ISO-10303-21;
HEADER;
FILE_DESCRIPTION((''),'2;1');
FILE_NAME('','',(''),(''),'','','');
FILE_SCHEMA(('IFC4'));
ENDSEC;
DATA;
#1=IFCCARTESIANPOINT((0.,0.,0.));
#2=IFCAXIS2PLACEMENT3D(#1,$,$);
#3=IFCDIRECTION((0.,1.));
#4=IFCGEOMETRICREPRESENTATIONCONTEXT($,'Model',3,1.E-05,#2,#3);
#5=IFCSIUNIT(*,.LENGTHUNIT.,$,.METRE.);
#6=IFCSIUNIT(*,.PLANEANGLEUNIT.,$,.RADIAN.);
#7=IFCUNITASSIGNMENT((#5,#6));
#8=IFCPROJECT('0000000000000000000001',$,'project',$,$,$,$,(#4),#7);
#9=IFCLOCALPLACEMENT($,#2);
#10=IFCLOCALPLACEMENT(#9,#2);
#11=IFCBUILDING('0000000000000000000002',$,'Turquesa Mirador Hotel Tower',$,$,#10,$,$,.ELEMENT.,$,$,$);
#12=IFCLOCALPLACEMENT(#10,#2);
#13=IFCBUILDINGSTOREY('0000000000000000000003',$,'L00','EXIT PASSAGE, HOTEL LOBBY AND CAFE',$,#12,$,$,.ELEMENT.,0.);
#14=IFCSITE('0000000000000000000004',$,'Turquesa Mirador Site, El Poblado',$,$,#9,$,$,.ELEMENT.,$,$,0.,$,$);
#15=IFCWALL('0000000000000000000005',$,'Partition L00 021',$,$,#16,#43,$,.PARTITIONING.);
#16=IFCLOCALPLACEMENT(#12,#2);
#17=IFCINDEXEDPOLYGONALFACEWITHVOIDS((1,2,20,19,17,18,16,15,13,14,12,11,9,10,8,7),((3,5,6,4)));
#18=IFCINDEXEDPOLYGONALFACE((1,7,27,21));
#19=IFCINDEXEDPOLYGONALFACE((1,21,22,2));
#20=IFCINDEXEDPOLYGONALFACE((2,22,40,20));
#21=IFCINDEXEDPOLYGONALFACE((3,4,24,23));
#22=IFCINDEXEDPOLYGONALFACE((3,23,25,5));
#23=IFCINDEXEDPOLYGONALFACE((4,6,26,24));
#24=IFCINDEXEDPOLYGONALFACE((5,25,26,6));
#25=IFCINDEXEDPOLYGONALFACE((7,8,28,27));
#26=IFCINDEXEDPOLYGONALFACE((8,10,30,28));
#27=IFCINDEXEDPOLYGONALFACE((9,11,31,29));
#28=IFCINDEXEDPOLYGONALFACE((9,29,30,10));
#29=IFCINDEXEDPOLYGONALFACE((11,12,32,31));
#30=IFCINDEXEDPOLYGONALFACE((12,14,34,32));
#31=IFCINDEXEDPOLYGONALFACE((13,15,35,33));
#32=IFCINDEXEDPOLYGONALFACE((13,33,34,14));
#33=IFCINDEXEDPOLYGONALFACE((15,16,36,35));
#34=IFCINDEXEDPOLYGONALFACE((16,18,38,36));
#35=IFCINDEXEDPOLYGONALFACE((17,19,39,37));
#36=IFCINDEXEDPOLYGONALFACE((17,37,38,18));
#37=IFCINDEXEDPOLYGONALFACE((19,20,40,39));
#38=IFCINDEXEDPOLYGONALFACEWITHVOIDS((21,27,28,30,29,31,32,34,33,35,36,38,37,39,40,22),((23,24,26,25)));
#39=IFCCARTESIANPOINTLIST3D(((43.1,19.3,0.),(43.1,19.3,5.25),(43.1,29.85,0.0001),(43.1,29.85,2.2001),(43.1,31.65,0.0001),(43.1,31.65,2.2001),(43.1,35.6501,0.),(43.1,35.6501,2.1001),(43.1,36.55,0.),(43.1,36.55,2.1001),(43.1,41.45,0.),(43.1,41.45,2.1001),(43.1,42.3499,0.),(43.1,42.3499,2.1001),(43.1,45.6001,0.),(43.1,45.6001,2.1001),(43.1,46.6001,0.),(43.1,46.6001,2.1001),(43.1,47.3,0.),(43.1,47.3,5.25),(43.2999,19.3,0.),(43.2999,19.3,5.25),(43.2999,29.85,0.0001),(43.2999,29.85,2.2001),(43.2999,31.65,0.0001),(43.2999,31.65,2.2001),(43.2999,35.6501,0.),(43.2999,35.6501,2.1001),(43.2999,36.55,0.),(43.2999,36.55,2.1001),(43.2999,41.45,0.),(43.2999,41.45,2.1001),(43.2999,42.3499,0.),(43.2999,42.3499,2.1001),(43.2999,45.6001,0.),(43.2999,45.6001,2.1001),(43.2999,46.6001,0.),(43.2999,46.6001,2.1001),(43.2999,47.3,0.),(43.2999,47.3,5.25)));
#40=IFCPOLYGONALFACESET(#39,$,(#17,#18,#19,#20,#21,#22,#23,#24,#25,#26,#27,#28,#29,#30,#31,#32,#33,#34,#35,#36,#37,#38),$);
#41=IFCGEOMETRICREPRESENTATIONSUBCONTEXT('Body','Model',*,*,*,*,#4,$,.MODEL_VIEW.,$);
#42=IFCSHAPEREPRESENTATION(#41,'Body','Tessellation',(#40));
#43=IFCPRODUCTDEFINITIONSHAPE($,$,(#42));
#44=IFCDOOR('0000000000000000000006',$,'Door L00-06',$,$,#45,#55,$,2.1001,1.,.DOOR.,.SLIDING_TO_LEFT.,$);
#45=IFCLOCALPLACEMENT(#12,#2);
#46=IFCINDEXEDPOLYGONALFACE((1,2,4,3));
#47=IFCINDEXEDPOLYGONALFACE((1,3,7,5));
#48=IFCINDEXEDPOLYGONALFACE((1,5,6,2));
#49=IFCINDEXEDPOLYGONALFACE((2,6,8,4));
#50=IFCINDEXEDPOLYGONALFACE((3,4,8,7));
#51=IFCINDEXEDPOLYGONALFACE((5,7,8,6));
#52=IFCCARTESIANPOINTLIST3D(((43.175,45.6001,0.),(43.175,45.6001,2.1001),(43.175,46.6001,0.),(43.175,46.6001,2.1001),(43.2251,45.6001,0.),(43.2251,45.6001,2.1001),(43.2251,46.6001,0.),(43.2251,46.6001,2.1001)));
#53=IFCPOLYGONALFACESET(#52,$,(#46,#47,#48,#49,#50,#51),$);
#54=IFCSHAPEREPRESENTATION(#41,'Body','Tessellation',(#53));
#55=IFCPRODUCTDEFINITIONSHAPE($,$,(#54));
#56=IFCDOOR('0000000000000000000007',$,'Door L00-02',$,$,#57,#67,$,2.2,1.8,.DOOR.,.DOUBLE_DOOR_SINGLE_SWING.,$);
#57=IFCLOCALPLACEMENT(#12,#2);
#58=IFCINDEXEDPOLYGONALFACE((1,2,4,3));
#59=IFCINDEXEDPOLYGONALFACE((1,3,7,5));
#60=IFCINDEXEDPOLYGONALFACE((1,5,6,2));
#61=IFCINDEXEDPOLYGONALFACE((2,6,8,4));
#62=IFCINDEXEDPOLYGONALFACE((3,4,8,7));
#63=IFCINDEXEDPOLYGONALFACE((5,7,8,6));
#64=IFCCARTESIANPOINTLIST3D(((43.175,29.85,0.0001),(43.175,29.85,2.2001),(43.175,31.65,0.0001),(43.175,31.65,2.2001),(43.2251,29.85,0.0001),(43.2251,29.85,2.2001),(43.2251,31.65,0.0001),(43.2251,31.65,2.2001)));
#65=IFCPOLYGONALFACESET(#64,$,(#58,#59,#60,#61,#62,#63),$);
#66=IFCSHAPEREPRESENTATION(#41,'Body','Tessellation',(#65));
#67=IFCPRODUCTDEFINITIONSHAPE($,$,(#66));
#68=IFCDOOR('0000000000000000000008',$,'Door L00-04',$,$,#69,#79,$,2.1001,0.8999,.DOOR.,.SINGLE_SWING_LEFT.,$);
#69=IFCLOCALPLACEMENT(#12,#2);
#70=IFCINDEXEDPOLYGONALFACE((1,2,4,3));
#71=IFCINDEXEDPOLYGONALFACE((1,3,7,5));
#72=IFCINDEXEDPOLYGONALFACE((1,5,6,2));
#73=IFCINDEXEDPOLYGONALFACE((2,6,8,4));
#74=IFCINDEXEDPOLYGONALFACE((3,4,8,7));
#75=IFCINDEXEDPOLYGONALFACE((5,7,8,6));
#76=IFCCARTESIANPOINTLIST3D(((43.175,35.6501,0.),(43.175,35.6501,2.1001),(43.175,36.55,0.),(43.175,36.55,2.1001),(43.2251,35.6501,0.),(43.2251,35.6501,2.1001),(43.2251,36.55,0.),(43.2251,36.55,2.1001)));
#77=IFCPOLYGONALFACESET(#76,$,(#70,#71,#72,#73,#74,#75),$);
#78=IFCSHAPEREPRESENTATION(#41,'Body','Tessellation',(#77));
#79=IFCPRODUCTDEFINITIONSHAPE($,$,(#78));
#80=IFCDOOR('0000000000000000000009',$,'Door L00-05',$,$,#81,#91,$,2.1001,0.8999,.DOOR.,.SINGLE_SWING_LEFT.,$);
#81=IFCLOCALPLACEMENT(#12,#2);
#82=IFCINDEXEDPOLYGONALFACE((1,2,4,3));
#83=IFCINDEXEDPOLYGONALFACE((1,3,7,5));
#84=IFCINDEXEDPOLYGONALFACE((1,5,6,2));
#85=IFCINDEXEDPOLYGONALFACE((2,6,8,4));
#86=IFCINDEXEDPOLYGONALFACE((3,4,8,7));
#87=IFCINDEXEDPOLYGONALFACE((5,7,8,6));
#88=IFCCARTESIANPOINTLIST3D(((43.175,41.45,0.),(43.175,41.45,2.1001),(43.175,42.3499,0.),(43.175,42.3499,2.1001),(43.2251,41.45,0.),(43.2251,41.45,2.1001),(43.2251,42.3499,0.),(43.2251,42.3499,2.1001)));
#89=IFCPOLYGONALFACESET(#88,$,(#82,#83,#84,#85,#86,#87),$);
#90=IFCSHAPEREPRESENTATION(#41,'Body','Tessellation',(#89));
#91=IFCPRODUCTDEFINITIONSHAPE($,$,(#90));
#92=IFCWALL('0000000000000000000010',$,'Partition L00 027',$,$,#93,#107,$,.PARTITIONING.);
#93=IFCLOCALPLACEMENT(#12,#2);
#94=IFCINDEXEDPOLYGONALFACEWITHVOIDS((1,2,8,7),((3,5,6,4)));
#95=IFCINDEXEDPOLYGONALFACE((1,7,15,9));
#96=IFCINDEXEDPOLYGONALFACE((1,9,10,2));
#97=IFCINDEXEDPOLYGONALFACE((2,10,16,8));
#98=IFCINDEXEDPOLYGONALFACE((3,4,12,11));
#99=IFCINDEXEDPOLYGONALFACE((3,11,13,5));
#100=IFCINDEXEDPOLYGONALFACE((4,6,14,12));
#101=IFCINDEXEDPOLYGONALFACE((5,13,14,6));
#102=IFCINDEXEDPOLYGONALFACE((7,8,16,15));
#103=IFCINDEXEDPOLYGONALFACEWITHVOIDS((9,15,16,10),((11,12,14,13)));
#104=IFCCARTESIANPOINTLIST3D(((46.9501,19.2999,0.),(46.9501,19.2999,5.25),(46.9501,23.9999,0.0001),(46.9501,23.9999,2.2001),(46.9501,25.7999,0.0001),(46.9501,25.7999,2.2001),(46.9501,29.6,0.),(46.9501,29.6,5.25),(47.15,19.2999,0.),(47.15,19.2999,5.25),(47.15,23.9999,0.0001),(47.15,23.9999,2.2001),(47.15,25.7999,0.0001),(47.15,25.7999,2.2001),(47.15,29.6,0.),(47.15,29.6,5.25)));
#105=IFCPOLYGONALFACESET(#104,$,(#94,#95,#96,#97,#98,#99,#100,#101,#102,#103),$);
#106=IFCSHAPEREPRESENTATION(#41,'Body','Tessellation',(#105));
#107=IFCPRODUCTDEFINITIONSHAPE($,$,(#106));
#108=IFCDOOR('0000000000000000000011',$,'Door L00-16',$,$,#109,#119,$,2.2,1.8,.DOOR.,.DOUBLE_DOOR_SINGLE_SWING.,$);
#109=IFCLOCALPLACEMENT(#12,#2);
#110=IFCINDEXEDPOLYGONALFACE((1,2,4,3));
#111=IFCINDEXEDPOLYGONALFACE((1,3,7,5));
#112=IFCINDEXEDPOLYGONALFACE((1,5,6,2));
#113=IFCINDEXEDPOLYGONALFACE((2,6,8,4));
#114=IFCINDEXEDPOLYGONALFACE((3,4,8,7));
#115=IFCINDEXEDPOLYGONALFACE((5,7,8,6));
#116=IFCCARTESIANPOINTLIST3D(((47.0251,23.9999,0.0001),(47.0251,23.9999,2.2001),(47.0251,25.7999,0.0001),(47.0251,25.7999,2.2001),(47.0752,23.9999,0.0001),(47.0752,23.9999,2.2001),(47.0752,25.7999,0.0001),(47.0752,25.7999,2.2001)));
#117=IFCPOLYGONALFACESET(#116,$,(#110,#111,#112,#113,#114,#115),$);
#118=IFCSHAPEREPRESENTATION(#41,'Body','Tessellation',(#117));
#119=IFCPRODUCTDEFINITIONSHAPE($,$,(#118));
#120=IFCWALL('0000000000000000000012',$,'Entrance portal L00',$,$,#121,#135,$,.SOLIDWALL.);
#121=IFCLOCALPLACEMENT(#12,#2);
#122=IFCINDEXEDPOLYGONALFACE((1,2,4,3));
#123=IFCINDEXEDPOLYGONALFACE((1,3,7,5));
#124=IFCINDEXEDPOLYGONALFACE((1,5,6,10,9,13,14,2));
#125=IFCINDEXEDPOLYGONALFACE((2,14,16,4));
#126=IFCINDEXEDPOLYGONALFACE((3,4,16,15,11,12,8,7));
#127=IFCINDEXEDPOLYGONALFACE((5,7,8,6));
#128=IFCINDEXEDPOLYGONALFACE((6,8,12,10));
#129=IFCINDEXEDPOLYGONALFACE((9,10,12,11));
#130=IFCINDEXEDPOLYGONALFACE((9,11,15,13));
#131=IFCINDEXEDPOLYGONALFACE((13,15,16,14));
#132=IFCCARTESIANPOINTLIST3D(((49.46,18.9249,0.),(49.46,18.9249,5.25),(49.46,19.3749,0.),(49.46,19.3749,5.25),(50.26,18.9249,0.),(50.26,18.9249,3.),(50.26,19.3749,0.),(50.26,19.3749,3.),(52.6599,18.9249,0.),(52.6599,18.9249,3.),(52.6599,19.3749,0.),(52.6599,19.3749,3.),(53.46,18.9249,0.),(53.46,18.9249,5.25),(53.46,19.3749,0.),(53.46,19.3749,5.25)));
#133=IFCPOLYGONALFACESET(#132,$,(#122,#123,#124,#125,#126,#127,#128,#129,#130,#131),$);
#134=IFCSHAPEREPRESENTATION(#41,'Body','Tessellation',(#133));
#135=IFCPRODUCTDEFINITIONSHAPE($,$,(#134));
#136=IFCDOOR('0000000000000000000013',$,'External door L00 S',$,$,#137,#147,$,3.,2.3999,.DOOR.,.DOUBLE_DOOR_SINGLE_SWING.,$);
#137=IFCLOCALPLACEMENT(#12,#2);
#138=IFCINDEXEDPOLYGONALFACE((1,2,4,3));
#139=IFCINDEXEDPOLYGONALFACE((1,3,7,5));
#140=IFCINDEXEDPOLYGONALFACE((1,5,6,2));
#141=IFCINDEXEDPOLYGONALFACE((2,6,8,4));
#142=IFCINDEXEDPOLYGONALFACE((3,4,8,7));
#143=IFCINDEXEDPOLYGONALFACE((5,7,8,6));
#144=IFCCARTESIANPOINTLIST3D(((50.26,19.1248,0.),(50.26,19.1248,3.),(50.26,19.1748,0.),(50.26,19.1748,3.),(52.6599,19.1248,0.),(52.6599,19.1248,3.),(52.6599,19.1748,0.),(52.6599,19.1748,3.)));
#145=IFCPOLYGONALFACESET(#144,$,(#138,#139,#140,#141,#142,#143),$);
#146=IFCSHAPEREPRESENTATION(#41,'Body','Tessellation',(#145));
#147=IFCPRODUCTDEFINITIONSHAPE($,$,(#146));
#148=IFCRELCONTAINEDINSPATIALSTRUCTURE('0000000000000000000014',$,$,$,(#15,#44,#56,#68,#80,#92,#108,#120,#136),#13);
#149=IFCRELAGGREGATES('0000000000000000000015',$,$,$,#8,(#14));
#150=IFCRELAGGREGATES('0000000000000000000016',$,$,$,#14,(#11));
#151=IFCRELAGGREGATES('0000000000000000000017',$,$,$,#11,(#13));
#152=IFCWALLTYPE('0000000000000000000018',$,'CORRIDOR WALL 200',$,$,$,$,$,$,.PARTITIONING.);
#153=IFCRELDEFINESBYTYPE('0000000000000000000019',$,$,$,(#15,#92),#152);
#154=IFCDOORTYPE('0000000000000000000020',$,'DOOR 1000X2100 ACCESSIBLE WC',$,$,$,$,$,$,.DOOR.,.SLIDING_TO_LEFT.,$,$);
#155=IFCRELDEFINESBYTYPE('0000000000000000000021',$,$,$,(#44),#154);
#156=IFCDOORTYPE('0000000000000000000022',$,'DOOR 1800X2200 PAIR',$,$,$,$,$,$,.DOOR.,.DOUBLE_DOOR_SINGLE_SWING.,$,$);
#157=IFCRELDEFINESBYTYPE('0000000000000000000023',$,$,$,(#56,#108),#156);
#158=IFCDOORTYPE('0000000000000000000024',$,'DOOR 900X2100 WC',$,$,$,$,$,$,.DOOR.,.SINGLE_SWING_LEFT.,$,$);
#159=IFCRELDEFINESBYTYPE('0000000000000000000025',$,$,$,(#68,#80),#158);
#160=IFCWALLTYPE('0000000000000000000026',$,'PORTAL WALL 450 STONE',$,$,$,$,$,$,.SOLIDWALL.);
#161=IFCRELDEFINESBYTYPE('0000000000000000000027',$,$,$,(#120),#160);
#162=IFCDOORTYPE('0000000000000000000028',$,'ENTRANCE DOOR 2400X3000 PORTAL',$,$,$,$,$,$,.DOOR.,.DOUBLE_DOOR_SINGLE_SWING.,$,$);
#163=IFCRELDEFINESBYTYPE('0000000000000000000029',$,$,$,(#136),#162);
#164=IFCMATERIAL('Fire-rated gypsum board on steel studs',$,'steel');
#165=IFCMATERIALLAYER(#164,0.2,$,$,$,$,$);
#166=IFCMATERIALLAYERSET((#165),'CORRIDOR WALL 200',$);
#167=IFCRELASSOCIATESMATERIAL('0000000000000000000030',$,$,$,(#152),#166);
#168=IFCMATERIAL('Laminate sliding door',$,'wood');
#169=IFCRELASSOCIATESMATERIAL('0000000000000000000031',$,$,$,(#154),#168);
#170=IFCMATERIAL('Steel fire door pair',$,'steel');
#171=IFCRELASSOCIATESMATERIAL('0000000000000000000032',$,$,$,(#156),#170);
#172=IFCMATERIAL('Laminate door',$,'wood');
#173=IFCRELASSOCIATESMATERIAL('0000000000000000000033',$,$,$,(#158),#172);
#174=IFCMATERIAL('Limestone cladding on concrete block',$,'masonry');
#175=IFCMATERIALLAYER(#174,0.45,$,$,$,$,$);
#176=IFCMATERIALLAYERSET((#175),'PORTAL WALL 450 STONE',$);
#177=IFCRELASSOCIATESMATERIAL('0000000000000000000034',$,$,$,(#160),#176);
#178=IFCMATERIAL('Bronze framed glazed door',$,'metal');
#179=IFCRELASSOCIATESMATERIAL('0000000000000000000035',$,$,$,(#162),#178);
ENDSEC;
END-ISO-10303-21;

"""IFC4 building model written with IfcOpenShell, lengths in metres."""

from ifc_helpers import new_model, si_unit, direction, frame, frame_2d, origin, place, context, subcontext, project, spatial, rectangle, extrude, material, layer, layer_set, type_object, element, fill, save


model = new_model("IFC4")

# Units and contexts
model_context = context("Model", 3, precision=1e-05, world=origin(), true_north=direction((0.0, 1.0)))
body_context = subcontext(model_context, "Body", "Model", "MODEL_VIEW")
ifc_project = project(units=[si_unit("LENGTHUNIT", "METRE"), si_unit("PLANEANGLEUNIT", "RADIAN")], contexts=[model_context])

# Site, building, storey
site_placement = place(None, origin())
site = spatial("IfcSite", under=ifc_project, at=site_placement, Name="Turquesa Mirador Site, El Poblado", CompositionType="ELEMENT", RefElevation=0.0)
building_placement = place(site_placement, origin())
building = spatial("IfcBuilding", under=site, at=building_placement, Name="Turquesa Mirador Hotel Tower", CompositionType="ELEMENT")
storey_placement = place(building_placement, origin())
storey = spatial("IfcBuildingStorey", under=building, at=storey_placement, Name="L00", Description="EXIT PASSAGE, HOTEL LOBBY AND CAFE", CompositionType="ELEMENT", Elevation=0.0)

# Wall, openings, doors
ifc_material_1 = material(Name="Fire-rated gypsum board on steel studs", Category="steel")
ifc_layer_1 = layer(ifc_material_1, 0.2)
ifc_layer_set_1 = layer_set([ifc_layer_1], Name="CORRIDOR WALL 200")
wall_type_1 = type_object("IfcWallType", Name="CORRIDOR WALL 200", PredefinedType="PARTITIONING", material=ifc_layer_set_1)
wall_1_placement = place(storey_placement, frame((43.2, 19.3, 0.0), z_axis=(0.0, 0.0, 1.0), x_axis=(0.0, 1.0, 0.0)))
wall_1 = element("IfcWall", 1, at=wall_1_placement, inside=storey, type_object=wall_type_1, Name="Partition L00 021", PredefinedType="PARTITIONING", context=body_context, shape_type="SweptSolid", body=[
    extrude(rectangle(XDim=28.0, YDim=0.2, at=frame_2d((14.0, 0.0))), origin(), (0.0, 0.0, 1.0), 5.25),
])
opening_1_placement = place(wall_1_placement, frame((10.55, 0.0, 0.0)))
opening_1 = element("IfcOpeningElement", 2, at=opening_1_placement, cuts=wall_1, PredefinedType="OPENING", context=body_context, shape_type="SweptSolid", body=[
    extrude(rectangle(XDim=1.8, YDim=2.2, at=frame_2d((0.8999, 1.1001))), frame((0.0, 0.1099, 0.0), z_axis=(0.0, -1.0, 0.0), x_axis=(1.0, 0.0, 0.0)), (0.0, 0.0, 1.0), 0.22),
])
opening_2_placement = place(wall_1_placement, frame((26.3, 0.0, 0.0)))
opening_2 = element("IfcOpeningElement", 3, at=opening_2_placement, cuts=wall_1, PredefinedType="OPENING", context=body_context, shape_type="SweptSolid", body=[
    extrude(rectangle(XDim=1.0, YDim=2.1001, at=frame_2d((0.5, 1.05))), frame((0.0, 0.1099, 0.0), z_axis=(0.0, -1.0, 0.0), x_axis=(1.0, 0.0, 0.0)), (0.0, 0.0, 1.0), 0.22),
])
opening_3_placement = place(wall_1_placement, frame((16.3501, 0.0, 0.0)))
opening_3 = element("IfcOpeningElement", 4, at=opening_3_placement, cuts=wall_1, PredefinedType="OPENING", context=body_context, shape_type="SweptSolid", body=[
    extrude(rectangle(XDim=0.8999, YDim=2.1001, at=frame_2d((0.45, 1.05))), frame((0.0, 0.1099, 0.0), z_axis=(0.0, -1.0, 0.0), x_axis=(1.0, 0.0, 0.0)), (0.0, 0.0, 1.0), 0.22),
])
opening_4_placement = place(wall_1_placement, frame((22.1499, 0.0, 0.0)))
opening_4 = element("IfcOpeningElement", 5, at=opening_4_placement, cuts=wall_1, PredefinedType="OPENING", context=body_context, shape_type="SweptSolid", body=[
    extrude(rectangle(XDim=0.8999, YDim=2.1001, at=frame_2d((0.45, 1.05))), frame((0.0, 0.1099, 0.0), z_axis=(0.0, -1.0, 0.0), x_axis=(1.0, 0.0, 0.0)), (0.0, 0.0, 1.0), 0.22),
])
ifc_material_2 = material(Name="Laminate sliding door", Category="wood")
door_type_1 = type_object("IfcDoorType", Name="DOOR 1000X2100 ACCESSIBLE WC", OperationType="SLIDING_TO_LEFT", PredefinedType="DOOR", material=ifc_material_2)
door_1_placement = place(opening_2_placement, origin())
door_1 = element("IfcDoor", 6, at=door_1_placement, inside=storey, type_object=door_type_1, Name="Door L00-06", OperationType="SLIDING_TO_LEFT", OverallHeight=2.1001, OverallWidth=1.0, PredefinedType="DOOR", context=body_context, shape_type="SweptSolid", body=[
    extrude(rectangle(XDim=1.0, YDim=2.1001, at=frame_2d((0.5, 1.05))), frame((0.0, 0.0249, 0.0), z_axis=(0.0, -1.0, 0.0), x_axis=(1.0, 0.0, 0.0)), (0.0, 0.0, 1.0), 0.05),
])
fill(opening_2, door_1)
ifc_material_3 = material(Name="Steel fire door pair", Category="steel")
door_type_2 = type_object("IfcDoorType", Name="DOOR 1800X2200 PAIR", OperationType="DOUBLE_DOOR_SINGLE_SWING", PredefinedType="DOOR", material=ifc_material_3)
door_2_placement = place(opening_1_placement, origin())
door_2 = element("IfcDoor", 7, at=door_2_placement, inside=storey, type_object=door_type_2, Name="Door L00-02", OperationType="DOUBLE_DOOR_SINGLE_SWING", OverallHeight=2.2, OverallWidth=1.8, PredefinedType="DOOR", context=body_context, shape_type="SweptSolid", body=[
    extrude(rectangle(XDim=1.8, YDim=2.2, at=frame_2d((0.8999, 1.1001))), frame((0.0, 0.0249, 0.0), z_axis=(0.0, -1.0, 0.0), x_axis=(1.0, 0.0, 0.0)), (0.0, 0.0, 1.0), 0.05),
])
fill(opening_1, door_2)
ifc_material_4 = material(Name="Laminate door", Category="wood")
door_type_3 = type_object("IfcDoorType", Name="DOOR 900X2100 WC", OperationType="SINGLE_SWING_LEFT", PredefinedType="DOOR", material=ifc_material_4)
door_3_placement = place(opening_3_placement, origin())
door_3 = element("IfcDoor", 8, at=door_3_placement, inside=storey, type_object=door_type_3, Name="Door L00-04", OperationType="SINGLE_SWING_LEFT", OverallHeight=2.1001, OverallWidth=0.8999, PredefinedType="DOOR", context=body_context, shape_type="SweptSolid", body=[
    extrude(rectangle(XDim=0.8999, YDim=2.1001, at=frame_2d((0.45, 1.05))), frame((0.0, 0.0249, 0.0), z_axis=(0.0, -1.0, 0.0), x_axis=(1.0, 0.0, 0.0)), (0.0, 0.0, 1.0), 0.05),
])
fill(opening_3, door_3)
door_4_placement = place(opening_4_placement, origin())
door_4 = element("IfcDoor", 9, at=door_4_placement, inside=storey, type_object=door_type_3, Name="Door L00-05", OperationType="SINGLE_SWING_LEFT", OverallHeight=2.1001, OverallWidth=0.8999, PredefinedType="DOOR", context=body_context, shape_type="SweptSolid", body=[
    extrude(rectangle(XDim=0.8999, YDim=2.1001, at=frame_2d((0.45, 1.05))), frame((0.0, 0.0249, 0.0), z_axis=(0.0, -1.0, 0.0), x_axis=(1.0, 0.0, 0.0)), (0.0, 0.0, 1.0), 0.05),
])
fill(opening_4, door_4)

# Walls, openings, doors
wall_2_placement = place(storey_placement, frame((47.05, 19.3, 0.0), z_axis=(0.0, 0.0, 1.0), x_axis=(0.0, 1.0, 0.0)))
wall_2 = element("IfcWall", 10, at=wall_2_placement, inside=storey, type_object=wall_type_1, Name="Partition L00 027", PredefinedType="PARTITIONING", context=body_context, shape_type="SweptSolid", body=[
    extrude(rectangle(XDim=10.3, YDim=0.2, at=frame_2d((5.1499, 0.0))), origin(), (0.0, 0.0, 1.0), 5.25),
])
opening_5_placement = place(wall_2_placement, frame((4.7, 0.0, 0.0)))
opening_5 = element("IfcOpeningElement", 11, at=opening_5_placement, cuts=wall_2, PredefinedType="OPENING", context=body_context, shape_type="SweptSolid", body=[
    extrude(rectangle(XDim=1.8, YDim=2.2, at=frame_2d((0.8999, 1.1001))), frame((0.0, 0.1099, 0.0), z_axis=(0.0, -1.0, 0.0), x_axis=(1.0, 0.0, 0.0)), (0.0, 0.0, 1.0), 0.22),
])
door_5_placement = place(opening_5_placement, origin())
door_5 = element("IfcDoor", 12, at=door_5_placement, inside=storey, type_object=door_type_2, Name="Door L00-16", OperationType="DOUBLE_DOOR_SINGLE_SWING", OverallHeight=2.2, OverallWidth=1.8, PredefinedType="DOOR", context=body_context, shape_type="SweptSolid", body=[
    extrude(rectangle(XDim=1.8, YDim=2.2, at=frame_2d((0.8999, 1.1001))), frame((0.0, 0.0249, 0.0), z_axis=(0.0, -1.0, 0.0), x_axis=(1.0, 0.0, 0.0)), (0.0, 0.0, 1.0), 0.05),
])
fill(opening_5, door_5)
ifc_material_5 = material(Name="Limestone cladding on concrete block", Category="masonry")
ifc_layer_2 = layer(ifc_material_5, 0.45)
ifc_layer_set_2 = layer_set([ifc_layer_2], Name="PORTAL WALL 450 STONE")
wall_type_2 = type_object("IfcWallType", Name="PORTAL WALL 450 STONE", PredefinedType="SOLIDWALL", material=ifc_layer_set_2)
wall_3_placement = place(storey_placement, frame((49.46, 19.1499, 0.0), z_axis=(0.0, 0.0, 1.0), x_axis=(1.0, 0.0, 0.0)))
wall_3 = element("IfcWall", 13, at=wall_3_placement, inside=storey, type_object=wall_type_2, Name="Entrance portal L00", PredefinedType="SOLIDWALL", context=body_context, shape_type="SweptSolid", body=[
    extrude(rectangle(XDim=4.0, YDim=0.45, at=frame_2d((2.0, 0.0))), origin(), (0.0, 0.0, 1.0), 5.25),
])
opening_6_placement = place(wall_3_placement, frame((0.8, 0.0, 0.0)))
opening_6 = element("IfcOpeningElement", 14, at=opening_6_placement, cuts=wall_3, PredefinedType="OPENING", context=body_context, shape_type="SweptSolid", body=[
    extrude(rectangle(XDim=2.3999, YDim=3.0, at=frame_2d((1.2, 1.5))), frame((0.0, 0.2349, 0.0), z_axis=(0.0, -1.0, 0.0), x_axis=(1.0, 0.0, 0.0)), (0.0, 0.0, 1.0), 0.47),
])
ifc_material_6 = material(Name="Bronze framed glazed door", Category="metal")
door_type_4 = type_object("IfcDoorType", Name="ENTRANCE DOOR 2400X3000 PORTAL", OperationType="DOUBLE_DOOR_SINGLE_SWING", PredefinedType="DOOR", material=ifc_material_6)
door_6_placement = place(opening_6_placement, origin())
door_6 = element("IfcDoor", 15, at=door_6_placement, inside=storey, type_object=door_type_4, Name="External door L00 S", OperationType="DOUBLE_DOOR_SINGLE_SWING", OverallHeight=3.0, OverallWidth=2.3999, PredefinedType="DOOR", context=body_context, shape_type="SweptSolid", body=[
    extrude(rectangle(XDim=2.3999, YDim=3.0, at=frame_2d((1.2, 1.5))), frame((0.0, 0.0249, 0.0), z_axis=(0.0, -1.0, 0.0), x_axis=(1.0, 0.0, 0.0)), (0.0, 0.0, 1.0), 0.05),
])
fill(opening_6, door_6)

save(model, "model.ifc")
